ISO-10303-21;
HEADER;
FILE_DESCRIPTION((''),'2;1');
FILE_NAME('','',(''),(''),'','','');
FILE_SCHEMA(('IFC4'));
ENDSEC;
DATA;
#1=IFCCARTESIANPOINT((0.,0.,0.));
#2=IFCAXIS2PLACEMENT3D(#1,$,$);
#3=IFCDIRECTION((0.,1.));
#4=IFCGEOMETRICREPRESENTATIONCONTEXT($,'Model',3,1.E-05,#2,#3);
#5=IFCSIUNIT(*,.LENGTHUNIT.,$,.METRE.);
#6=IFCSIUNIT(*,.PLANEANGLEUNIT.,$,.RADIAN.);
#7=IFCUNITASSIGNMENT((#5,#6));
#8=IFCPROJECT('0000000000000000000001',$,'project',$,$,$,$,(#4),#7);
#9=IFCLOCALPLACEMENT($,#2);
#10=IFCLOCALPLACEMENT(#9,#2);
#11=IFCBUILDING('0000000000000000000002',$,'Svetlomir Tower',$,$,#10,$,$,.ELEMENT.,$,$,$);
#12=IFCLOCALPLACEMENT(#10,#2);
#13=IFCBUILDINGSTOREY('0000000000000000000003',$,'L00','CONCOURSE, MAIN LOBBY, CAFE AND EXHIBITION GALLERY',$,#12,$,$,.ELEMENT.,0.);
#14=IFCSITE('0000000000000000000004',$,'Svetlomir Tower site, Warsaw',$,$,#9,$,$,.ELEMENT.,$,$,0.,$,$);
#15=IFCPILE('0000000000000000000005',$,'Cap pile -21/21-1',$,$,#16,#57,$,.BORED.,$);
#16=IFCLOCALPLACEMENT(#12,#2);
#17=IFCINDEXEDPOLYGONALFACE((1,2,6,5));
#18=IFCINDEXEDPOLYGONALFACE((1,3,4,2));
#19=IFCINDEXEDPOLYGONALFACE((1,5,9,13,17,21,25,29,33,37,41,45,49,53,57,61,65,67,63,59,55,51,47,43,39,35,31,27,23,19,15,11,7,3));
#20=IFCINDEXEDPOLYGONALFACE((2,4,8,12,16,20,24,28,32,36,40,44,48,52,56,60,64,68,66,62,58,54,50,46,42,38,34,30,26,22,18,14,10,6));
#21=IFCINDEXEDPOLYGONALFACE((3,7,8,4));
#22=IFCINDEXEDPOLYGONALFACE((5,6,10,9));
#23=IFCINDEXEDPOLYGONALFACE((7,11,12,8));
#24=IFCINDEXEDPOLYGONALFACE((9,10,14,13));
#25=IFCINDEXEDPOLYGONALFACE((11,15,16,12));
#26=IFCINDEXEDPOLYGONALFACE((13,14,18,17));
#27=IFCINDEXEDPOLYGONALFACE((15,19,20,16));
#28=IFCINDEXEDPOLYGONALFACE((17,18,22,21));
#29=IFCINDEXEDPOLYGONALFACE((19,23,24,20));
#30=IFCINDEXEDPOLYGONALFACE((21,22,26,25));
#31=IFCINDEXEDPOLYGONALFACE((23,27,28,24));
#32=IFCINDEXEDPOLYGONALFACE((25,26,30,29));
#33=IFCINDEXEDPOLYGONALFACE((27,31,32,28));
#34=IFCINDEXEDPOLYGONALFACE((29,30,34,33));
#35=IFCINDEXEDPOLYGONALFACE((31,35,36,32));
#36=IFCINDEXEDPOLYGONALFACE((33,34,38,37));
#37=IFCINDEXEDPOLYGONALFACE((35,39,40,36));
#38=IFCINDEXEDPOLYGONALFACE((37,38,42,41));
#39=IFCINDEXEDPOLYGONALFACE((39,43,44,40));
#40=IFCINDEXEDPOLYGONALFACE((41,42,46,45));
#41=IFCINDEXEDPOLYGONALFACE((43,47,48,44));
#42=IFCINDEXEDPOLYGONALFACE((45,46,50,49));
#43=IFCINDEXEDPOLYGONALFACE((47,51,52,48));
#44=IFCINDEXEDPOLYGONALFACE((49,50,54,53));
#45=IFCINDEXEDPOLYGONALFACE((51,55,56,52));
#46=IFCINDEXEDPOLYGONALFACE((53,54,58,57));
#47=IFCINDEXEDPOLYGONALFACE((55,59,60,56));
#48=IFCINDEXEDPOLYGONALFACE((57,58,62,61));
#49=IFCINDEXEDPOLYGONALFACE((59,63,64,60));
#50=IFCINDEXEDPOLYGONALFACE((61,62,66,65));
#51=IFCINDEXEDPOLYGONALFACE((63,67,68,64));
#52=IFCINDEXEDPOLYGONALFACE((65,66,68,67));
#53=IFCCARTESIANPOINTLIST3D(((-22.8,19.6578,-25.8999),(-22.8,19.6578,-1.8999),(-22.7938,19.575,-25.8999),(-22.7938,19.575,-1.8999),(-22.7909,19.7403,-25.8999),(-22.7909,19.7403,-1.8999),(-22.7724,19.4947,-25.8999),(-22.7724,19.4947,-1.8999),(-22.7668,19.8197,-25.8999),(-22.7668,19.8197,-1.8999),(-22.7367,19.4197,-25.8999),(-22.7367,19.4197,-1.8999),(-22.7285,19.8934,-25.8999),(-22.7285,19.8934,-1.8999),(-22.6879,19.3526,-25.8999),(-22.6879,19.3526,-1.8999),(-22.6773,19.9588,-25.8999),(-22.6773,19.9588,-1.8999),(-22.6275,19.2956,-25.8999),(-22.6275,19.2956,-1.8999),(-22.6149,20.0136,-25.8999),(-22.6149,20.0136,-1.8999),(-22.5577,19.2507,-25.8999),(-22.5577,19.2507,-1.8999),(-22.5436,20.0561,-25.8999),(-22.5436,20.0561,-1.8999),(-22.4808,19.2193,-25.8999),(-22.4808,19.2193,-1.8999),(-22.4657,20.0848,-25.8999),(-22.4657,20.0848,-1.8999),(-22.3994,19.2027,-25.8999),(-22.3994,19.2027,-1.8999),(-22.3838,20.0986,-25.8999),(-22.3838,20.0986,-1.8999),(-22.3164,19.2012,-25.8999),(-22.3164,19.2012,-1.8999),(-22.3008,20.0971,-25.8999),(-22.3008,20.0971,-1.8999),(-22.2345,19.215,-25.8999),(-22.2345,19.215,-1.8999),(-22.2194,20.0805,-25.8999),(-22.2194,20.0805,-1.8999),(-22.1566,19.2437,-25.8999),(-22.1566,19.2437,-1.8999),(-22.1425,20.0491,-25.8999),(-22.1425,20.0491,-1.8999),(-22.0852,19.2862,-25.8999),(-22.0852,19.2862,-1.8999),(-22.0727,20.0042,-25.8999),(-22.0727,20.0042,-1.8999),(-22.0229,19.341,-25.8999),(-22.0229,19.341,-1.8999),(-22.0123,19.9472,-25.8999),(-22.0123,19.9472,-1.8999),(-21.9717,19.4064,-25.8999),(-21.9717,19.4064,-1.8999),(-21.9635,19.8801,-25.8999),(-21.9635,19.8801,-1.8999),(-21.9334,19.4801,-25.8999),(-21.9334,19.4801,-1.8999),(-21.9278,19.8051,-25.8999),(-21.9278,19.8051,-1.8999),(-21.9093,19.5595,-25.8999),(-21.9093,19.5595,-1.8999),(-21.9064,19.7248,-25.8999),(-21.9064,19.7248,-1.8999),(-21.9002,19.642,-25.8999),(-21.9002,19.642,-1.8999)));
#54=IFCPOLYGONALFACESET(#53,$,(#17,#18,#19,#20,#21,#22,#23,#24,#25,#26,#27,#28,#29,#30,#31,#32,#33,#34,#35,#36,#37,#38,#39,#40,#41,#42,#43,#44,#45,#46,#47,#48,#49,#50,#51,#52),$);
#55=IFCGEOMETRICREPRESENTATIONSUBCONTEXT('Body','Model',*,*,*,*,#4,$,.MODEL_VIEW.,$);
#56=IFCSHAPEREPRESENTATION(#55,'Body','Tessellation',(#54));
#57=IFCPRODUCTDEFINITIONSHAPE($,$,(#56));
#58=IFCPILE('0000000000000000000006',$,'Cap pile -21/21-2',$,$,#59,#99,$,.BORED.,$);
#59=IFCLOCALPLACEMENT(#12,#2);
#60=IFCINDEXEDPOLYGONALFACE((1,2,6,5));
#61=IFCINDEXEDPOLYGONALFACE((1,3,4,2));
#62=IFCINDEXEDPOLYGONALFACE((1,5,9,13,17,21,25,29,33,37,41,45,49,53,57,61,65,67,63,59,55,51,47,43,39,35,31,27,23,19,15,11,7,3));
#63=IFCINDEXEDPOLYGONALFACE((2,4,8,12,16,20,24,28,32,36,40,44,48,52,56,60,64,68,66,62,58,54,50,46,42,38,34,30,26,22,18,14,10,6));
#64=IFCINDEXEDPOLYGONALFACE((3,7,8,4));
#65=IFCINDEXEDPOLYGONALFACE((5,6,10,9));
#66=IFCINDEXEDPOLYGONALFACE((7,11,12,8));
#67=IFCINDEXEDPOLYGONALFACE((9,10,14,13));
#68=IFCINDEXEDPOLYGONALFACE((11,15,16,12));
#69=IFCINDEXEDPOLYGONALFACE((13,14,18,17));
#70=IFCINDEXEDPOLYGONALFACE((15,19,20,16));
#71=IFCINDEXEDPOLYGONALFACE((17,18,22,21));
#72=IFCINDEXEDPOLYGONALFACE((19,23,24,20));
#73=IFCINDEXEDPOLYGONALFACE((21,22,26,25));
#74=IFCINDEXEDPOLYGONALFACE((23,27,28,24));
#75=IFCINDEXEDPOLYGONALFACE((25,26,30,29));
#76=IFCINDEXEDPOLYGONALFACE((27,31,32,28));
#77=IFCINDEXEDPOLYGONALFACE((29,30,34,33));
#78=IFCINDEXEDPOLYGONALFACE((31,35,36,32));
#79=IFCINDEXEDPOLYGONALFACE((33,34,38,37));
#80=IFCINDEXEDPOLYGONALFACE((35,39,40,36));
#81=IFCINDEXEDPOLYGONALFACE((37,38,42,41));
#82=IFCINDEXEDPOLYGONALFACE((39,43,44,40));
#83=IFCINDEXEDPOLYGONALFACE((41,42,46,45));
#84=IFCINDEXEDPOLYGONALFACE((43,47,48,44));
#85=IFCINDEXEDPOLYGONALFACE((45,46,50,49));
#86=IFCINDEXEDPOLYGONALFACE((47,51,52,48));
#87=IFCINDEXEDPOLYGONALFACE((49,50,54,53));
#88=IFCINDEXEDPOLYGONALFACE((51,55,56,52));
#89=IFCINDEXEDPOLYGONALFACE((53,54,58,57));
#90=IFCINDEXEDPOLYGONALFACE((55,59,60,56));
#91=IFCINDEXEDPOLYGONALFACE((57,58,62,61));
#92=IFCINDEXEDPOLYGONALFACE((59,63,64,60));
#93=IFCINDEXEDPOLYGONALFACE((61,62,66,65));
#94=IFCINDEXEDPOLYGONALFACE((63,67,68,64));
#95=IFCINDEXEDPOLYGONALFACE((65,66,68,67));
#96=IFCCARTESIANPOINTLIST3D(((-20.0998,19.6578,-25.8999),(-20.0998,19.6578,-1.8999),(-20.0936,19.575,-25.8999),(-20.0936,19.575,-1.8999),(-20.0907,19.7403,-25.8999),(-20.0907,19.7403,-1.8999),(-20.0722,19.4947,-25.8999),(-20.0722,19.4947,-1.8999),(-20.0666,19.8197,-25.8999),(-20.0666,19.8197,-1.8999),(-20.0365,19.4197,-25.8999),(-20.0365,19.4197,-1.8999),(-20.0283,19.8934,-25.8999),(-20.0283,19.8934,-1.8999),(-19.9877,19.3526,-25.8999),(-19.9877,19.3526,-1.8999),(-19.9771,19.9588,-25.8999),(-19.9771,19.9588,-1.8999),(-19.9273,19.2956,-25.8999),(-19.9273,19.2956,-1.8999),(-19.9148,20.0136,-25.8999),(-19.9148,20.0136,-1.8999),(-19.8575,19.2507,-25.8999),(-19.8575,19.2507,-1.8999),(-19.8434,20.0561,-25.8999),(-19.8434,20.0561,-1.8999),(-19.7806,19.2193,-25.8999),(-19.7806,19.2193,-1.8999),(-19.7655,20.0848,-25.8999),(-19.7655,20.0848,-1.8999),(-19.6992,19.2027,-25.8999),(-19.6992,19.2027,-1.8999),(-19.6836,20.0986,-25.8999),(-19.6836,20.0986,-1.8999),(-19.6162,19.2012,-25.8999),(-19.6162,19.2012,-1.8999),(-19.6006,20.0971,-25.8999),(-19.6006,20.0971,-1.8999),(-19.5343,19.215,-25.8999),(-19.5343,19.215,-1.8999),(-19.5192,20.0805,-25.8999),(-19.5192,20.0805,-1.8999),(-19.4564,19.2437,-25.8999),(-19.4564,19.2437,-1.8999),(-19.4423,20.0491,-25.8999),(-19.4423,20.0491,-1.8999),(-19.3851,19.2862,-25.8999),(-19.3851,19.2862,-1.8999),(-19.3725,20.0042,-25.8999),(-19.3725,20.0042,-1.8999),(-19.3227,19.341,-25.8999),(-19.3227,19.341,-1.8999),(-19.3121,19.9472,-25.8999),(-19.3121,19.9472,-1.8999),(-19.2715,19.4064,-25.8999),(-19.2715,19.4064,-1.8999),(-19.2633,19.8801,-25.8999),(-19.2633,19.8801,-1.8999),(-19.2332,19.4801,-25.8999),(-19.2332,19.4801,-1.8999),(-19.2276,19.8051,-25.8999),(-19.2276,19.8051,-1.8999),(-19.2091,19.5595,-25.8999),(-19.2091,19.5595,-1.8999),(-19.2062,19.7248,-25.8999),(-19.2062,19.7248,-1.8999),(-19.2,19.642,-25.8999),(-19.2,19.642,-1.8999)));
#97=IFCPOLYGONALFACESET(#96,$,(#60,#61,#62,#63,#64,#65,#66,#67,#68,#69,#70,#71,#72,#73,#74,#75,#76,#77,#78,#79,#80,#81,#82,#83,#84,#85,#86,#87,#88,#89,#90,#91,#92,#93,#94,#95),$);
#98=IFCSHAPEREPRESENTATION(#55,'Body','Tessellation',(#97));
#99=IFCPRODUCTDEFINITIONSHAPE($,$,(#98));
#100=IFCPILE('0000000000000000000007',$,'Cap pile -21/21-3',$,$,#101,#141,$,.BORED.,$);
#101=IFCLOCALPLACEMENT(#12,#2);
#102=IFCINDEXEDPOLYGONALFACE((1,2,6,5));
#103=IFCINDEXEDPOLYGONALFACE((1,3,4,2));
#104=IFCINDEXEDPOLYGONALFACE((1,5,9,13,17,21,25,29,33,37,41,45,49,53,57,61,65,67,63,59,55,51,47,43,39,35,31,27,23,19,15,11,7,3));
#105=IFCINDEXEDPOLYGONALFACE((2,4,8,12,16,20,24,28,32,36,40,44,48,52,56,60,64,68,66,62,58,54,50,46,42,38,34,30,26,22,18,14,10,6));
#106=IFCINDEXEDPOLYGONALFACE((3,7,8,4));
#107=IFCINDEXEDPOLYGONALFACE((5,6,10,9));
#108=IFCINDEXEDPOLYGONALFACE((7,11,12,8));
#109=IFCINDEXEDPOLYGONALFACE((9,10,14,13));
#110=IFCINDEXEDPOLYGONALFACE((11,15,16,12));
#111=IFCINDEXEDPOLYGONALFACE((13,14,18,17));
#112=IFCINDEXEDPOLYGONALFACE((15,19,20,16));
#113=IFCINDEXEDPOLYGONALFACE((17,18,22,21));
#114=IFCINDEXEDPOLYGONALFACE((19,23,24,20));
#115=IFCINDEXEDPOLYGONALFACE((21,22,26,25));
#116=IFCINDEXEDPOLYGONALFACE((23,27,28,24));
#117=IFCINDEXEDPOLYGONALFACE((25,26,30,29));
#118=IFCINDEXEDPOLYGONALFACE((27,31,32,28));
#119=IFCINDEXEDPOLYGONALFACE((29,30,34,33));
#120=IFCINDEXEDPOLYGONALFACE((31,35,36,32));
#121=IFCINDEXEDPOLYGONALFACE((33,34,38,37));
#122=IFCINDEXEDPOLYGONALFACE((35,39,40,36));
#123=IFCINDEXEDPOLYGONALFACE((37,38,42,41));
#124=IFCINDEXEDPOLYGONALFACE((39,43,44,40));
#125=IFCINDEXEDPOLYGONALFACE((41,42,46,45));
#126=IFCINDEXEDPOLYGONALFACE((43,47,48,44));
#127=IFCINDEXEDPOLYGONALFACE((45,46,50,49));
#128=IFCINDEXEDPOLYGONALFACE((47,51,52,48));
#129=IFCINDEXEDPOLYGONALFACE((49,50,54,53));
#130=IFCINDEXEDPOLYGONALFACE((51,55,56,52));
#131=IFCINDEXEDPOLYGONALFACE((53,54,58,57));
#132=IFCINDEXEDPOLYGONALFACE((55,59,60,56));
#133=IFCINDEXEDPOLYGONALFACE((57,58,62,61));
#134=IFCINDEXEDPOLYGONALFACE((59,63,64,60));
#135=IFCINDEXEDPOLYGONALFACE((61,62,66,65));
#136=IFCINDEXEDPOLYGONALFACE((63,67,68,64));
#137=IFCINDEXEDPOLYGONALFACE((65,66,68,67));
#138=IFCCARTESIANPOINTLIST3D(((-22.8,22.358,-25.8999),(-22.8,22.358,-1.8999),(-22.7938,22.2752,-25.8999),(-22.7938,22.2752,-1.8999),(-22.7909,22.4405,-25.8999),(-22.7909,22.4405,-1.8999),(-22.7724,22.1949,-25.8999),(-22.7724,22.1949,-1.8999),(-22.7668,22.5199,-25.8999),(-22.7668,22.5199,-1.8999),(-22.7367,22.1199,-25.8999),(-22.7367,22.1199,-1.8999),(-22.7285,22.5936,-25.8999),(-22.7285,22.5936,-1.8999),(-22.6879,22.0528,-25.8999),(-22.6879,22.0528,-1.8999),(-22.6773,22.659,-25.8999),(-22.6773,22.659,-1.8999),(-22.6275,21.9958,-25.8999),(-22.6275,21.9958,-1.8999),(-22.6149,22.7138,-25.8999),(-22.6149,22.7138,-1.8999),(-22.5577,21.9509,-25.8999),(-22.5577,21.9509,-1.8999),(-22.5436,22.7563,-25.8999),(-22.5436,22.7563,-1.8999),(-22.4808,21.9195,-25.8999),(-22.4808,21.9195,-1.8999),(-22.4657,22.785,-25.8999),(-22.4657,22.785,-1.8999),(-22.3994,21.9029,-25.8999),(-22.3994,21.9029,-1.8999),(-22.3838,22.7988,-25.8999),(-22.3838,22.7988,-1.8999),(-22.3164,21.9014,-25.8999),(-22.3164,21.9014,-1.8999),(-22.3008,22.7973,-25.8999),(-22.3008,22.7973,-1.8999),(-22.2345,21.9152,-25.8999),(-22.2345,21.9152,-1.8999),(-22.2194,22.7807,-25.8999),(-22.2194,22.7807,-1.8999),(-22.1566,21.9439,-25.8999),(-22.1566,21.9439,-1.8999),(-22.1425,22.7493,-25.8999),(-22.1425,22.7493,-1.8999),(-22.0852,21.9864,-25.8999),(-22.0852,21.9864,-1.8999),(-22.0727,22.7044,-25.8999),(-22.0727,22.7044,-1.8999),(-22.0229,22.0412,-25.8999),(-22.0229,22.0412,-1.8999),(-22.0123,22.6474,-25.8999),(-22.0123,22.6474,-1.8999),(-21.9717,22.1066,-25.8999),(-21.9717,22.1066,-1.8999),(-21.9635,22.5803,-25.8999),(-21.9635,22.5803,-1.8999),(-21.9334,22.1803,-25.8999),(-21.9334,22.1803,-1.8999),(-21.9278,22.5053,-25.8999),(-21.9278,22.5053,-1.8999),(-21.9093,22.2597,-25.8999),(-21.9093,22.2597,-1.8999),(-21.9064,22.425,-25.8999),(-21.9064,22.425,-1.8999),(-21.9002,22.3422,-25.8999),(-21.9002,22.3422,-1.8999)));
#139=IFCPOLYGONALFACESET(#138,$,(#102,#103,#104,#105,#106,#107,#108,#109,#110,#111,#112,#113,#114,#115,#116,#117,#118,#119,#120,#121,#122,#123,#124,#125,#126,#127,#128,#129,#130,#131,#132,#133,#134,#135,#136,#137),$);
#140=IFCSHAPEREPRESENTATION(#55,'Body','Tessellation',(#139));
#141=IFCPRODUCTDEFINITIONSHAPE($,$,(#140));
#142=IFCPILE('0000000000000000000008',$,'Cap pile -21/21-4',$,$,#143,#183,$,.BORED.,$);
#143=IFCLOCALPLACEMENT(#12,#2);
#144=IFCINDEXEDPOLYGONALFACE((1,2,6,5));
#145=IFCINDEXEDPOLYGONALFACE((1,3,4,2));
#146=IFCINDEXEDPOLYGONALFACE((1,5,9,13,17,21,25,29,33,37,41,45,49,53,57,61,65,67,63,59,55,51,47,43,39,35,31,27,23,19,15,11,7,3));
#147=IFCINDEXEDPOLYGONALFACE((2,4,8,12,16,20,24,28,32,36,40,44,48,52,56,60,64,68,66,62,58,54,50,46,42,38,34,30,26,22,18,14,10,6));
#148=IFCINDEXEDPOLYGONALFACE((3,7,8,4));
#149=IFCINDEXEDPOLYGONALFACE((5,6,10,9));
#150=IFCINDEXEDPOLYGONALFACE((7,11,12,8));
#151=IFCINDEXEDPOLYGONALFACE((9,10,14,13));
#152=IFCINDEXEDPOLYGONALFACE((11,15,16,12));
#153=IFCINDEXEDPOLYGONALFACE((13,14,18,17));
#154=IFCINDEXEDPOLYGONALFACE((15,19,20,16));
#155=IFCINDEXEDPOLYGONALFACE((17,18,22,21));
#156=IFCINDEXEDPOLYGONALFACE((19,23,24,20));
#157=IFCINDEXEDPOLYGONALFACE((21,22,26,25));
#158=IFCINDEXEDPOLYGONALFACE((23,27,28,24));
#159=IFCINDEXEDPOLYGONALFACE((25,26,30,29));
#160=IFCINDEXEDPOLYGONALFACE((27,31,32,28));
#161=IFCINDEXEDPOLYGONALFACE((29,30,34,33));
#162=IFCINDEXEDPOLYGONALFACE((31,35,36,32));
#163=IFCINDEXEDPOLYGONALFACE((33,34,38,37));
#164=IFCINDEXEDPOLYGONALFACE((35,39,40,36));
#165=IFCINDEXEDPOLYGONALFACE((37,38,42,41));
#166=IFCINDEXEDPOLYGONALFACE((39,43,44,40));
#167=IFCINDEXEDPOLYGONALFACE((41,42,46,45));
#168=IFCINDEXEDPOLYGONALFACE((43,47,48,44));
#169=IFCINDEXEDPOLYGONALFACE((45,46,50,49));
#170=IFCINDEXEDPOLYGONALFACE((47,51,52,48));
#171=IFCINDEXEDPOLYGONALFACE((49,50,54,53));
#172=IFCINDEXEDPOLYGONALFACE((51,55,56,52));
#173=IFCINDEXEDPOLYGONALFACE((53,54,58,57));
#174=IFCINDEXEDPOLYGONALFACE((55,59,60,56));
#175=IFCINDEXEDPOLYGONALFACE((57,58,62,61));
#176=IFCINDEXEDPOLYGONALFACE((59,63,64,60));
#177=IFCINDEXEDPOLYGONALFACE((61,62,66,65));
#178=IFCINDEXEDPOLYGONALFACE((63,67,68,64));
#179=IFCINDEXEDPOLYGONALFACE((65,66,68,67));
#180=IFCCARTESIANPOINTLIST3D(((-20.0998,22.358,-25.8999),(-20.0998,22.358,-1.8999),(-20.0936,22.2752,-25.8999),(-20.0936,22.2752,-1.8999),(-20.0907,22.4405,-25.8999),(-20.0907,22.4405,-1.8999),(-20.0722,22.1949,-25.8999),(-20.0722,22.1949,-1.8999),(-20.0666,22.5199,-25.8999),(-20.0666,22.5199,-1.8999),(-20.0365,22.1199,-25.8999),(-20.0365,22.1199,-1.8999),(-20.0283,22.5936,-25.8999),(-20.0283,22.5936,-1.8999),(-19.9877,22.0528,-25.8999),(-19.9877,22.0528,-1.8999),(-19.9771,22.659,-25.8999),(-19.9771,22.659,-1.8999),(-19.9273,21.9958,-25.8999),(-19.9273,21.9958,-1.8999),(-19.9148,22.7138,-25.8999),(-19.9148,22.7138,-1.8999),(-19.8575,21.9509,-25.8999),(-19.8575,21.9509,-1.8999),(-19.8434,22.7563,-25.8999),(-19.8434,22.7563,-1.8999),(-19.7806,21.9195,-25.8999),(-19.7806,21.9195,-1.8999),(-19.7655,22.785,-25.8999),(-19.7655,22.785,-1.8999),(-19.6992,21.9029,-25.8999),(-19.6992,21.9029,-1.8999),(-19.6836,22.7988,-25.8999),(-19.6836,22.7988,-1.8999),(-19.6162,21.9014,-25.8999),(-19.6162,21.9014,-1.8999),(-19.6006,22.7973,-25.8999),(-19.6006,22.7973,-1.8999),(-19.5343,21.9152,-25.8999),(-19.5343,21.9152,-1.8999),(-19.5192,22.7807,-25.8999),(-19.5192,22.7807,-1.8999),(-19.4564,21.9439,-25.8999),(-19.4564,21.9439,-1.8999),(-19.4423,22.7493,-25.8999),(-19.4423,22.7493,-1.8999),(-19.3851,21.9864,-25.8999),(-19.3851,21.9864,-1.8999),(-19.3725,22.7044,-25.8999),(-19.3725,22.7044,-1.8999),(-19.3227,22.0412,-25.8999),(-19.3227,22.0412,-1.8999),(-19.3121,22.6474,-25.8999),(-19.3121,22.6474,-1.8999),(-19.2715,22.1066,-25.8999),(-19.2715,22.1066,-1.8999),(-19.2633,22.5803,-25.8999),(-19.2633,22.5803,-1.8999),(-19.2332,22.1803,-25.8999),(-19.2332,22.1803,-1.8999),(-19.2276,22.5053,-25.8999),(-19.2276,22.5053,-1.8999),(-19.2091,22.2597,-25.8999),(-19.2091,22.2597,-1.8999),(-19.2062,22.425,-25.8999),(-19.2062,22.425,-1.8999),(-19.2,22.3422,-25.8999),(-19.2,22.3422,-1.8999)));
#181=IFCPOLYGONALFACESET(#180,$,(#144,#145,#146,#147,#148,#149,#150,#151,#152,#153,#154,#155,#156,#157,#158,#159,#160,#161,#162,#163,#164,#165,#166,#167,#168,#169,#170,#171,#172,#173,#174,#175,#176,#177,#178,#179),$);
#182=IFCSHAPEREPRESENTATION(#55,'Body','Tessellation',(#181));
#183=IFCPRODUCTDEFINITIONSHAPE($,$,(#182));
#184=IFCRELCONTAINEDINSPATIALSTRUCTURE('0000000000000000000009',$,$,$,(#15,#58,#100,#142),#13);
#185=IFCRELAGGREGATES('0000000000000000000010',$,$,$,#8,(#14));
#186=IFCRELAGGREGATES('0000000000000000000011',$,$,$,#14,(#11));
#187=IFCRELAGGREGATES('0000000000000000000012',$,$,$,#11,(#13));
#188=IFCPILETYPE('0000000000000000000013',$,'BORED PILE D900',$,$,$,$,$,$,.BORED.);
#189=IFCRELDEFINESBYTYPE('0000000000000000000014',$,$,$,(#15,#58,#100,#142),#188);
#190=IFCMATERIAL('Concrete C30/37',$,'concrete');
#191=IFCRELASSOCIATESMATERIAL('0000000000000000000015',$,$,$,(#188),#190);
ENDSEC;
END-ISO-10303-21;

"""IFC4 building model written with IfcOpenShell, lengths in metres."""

from ifc_helpers import new_model, si_unit, direction, frame, frame_2d, origin, origin_2d, place, context, subcontext, project, spatial, circle, extrude, material, material_profile, profile_set, type_object, element, save


model = new_model("IFC4")

# Units and contexts
model_context = context("Model", 3, precision=1e-05, world=origin(), true_north=direction((0.0, 1.0)))
body_context = subcontext(model_context, "Body", "Model", "MODEL_VIEW")
ifc_project = project(units=[si_unit("LENGTHUNIT", "METRE"), si_unit("PLANEANGLEUNIT", "RADIAN")], contexts=[model_context])

# Site, building, storey
site_placement = place(None, origin())
site = spatial("IfcSite", under=ifc_project, at=site_placement, Name="Svetlomir Tower site, Warsaw", CompositionType="ELEMENT", RefElevation=0.0)
building_placement = place(site_placement, origin())
building = spatial("IfcBuilding", under=site, at=building_placement, Name="Svetlomir Tower", CompositionType="ELEMENT")
storey_placement = place(building_placement, origin())
storey = spatial("IfcBuildingStorey", under=building, at=storey_placement, Name="L00", Description="CONCOURSE, MAIN LOBBY, CAFE AND EXHIBITION GALLERY", CompositionType="ELEMENT", Elevation=0.0)

# Piles
ifc_material_1 = material(Name="Concrete C30/37", Category="concrete")
ifc_material_profile_1 = material_profile(ifc_material_1, circle(Radius=0.45, at=origin_2d()), Name="RC D900")
ifc_profile_set_1 = profile_set([ifc_material_profile_1], Name="Concrete C30/37")
pile_type = type_object("IfcPileType", Name="BORED PILE D900", PredefinedType="BORED", material=ifc_profile_set_1)
for number, where, z_axis, x_axis, name in (
    (1, (-22.3501, 19.6499, -1.8999), (0.0, 0.0, -1.0), (1.0, 0.0, 0.0), "Cap pile -21/21-1"),
    (2, (-19.6499, 19.6499, -1.8999), (0.0, 0.0, -1.0), (1.0, 0.0, 0.0), "Cap pile -21/21-2"),
    (3, (-22.3501, 22.3501, -1.8999), (0.0, 0.0, -1.0), (1.0, 0.0, 0.0), "Cap pile -21/21-3"),
    (4, (-19.6499, 22.3501, -1.8999), (0.0, 0.0, -1.0), (1.0, 0.0, 0.0), "Cap pile -21/21-4"),
):
    element("IfcPile", number, at=place(storey_placement, frame(where, z_axis=z_axis, x_axis=x_axis)), inside=storey, type_object=pile_type, Name=name, PredefinedType="BORED", context=body_context, shape_type="SweptSolid", body=[
        extrude(circle(Radius=0.45, at=frame_2d((0.0, 0.0), x_axis=(0.999848, 0.017452))), origin(), (0.0, 0.0, 1.0), 24.0),
    ])

save(model, "model.ifc")
